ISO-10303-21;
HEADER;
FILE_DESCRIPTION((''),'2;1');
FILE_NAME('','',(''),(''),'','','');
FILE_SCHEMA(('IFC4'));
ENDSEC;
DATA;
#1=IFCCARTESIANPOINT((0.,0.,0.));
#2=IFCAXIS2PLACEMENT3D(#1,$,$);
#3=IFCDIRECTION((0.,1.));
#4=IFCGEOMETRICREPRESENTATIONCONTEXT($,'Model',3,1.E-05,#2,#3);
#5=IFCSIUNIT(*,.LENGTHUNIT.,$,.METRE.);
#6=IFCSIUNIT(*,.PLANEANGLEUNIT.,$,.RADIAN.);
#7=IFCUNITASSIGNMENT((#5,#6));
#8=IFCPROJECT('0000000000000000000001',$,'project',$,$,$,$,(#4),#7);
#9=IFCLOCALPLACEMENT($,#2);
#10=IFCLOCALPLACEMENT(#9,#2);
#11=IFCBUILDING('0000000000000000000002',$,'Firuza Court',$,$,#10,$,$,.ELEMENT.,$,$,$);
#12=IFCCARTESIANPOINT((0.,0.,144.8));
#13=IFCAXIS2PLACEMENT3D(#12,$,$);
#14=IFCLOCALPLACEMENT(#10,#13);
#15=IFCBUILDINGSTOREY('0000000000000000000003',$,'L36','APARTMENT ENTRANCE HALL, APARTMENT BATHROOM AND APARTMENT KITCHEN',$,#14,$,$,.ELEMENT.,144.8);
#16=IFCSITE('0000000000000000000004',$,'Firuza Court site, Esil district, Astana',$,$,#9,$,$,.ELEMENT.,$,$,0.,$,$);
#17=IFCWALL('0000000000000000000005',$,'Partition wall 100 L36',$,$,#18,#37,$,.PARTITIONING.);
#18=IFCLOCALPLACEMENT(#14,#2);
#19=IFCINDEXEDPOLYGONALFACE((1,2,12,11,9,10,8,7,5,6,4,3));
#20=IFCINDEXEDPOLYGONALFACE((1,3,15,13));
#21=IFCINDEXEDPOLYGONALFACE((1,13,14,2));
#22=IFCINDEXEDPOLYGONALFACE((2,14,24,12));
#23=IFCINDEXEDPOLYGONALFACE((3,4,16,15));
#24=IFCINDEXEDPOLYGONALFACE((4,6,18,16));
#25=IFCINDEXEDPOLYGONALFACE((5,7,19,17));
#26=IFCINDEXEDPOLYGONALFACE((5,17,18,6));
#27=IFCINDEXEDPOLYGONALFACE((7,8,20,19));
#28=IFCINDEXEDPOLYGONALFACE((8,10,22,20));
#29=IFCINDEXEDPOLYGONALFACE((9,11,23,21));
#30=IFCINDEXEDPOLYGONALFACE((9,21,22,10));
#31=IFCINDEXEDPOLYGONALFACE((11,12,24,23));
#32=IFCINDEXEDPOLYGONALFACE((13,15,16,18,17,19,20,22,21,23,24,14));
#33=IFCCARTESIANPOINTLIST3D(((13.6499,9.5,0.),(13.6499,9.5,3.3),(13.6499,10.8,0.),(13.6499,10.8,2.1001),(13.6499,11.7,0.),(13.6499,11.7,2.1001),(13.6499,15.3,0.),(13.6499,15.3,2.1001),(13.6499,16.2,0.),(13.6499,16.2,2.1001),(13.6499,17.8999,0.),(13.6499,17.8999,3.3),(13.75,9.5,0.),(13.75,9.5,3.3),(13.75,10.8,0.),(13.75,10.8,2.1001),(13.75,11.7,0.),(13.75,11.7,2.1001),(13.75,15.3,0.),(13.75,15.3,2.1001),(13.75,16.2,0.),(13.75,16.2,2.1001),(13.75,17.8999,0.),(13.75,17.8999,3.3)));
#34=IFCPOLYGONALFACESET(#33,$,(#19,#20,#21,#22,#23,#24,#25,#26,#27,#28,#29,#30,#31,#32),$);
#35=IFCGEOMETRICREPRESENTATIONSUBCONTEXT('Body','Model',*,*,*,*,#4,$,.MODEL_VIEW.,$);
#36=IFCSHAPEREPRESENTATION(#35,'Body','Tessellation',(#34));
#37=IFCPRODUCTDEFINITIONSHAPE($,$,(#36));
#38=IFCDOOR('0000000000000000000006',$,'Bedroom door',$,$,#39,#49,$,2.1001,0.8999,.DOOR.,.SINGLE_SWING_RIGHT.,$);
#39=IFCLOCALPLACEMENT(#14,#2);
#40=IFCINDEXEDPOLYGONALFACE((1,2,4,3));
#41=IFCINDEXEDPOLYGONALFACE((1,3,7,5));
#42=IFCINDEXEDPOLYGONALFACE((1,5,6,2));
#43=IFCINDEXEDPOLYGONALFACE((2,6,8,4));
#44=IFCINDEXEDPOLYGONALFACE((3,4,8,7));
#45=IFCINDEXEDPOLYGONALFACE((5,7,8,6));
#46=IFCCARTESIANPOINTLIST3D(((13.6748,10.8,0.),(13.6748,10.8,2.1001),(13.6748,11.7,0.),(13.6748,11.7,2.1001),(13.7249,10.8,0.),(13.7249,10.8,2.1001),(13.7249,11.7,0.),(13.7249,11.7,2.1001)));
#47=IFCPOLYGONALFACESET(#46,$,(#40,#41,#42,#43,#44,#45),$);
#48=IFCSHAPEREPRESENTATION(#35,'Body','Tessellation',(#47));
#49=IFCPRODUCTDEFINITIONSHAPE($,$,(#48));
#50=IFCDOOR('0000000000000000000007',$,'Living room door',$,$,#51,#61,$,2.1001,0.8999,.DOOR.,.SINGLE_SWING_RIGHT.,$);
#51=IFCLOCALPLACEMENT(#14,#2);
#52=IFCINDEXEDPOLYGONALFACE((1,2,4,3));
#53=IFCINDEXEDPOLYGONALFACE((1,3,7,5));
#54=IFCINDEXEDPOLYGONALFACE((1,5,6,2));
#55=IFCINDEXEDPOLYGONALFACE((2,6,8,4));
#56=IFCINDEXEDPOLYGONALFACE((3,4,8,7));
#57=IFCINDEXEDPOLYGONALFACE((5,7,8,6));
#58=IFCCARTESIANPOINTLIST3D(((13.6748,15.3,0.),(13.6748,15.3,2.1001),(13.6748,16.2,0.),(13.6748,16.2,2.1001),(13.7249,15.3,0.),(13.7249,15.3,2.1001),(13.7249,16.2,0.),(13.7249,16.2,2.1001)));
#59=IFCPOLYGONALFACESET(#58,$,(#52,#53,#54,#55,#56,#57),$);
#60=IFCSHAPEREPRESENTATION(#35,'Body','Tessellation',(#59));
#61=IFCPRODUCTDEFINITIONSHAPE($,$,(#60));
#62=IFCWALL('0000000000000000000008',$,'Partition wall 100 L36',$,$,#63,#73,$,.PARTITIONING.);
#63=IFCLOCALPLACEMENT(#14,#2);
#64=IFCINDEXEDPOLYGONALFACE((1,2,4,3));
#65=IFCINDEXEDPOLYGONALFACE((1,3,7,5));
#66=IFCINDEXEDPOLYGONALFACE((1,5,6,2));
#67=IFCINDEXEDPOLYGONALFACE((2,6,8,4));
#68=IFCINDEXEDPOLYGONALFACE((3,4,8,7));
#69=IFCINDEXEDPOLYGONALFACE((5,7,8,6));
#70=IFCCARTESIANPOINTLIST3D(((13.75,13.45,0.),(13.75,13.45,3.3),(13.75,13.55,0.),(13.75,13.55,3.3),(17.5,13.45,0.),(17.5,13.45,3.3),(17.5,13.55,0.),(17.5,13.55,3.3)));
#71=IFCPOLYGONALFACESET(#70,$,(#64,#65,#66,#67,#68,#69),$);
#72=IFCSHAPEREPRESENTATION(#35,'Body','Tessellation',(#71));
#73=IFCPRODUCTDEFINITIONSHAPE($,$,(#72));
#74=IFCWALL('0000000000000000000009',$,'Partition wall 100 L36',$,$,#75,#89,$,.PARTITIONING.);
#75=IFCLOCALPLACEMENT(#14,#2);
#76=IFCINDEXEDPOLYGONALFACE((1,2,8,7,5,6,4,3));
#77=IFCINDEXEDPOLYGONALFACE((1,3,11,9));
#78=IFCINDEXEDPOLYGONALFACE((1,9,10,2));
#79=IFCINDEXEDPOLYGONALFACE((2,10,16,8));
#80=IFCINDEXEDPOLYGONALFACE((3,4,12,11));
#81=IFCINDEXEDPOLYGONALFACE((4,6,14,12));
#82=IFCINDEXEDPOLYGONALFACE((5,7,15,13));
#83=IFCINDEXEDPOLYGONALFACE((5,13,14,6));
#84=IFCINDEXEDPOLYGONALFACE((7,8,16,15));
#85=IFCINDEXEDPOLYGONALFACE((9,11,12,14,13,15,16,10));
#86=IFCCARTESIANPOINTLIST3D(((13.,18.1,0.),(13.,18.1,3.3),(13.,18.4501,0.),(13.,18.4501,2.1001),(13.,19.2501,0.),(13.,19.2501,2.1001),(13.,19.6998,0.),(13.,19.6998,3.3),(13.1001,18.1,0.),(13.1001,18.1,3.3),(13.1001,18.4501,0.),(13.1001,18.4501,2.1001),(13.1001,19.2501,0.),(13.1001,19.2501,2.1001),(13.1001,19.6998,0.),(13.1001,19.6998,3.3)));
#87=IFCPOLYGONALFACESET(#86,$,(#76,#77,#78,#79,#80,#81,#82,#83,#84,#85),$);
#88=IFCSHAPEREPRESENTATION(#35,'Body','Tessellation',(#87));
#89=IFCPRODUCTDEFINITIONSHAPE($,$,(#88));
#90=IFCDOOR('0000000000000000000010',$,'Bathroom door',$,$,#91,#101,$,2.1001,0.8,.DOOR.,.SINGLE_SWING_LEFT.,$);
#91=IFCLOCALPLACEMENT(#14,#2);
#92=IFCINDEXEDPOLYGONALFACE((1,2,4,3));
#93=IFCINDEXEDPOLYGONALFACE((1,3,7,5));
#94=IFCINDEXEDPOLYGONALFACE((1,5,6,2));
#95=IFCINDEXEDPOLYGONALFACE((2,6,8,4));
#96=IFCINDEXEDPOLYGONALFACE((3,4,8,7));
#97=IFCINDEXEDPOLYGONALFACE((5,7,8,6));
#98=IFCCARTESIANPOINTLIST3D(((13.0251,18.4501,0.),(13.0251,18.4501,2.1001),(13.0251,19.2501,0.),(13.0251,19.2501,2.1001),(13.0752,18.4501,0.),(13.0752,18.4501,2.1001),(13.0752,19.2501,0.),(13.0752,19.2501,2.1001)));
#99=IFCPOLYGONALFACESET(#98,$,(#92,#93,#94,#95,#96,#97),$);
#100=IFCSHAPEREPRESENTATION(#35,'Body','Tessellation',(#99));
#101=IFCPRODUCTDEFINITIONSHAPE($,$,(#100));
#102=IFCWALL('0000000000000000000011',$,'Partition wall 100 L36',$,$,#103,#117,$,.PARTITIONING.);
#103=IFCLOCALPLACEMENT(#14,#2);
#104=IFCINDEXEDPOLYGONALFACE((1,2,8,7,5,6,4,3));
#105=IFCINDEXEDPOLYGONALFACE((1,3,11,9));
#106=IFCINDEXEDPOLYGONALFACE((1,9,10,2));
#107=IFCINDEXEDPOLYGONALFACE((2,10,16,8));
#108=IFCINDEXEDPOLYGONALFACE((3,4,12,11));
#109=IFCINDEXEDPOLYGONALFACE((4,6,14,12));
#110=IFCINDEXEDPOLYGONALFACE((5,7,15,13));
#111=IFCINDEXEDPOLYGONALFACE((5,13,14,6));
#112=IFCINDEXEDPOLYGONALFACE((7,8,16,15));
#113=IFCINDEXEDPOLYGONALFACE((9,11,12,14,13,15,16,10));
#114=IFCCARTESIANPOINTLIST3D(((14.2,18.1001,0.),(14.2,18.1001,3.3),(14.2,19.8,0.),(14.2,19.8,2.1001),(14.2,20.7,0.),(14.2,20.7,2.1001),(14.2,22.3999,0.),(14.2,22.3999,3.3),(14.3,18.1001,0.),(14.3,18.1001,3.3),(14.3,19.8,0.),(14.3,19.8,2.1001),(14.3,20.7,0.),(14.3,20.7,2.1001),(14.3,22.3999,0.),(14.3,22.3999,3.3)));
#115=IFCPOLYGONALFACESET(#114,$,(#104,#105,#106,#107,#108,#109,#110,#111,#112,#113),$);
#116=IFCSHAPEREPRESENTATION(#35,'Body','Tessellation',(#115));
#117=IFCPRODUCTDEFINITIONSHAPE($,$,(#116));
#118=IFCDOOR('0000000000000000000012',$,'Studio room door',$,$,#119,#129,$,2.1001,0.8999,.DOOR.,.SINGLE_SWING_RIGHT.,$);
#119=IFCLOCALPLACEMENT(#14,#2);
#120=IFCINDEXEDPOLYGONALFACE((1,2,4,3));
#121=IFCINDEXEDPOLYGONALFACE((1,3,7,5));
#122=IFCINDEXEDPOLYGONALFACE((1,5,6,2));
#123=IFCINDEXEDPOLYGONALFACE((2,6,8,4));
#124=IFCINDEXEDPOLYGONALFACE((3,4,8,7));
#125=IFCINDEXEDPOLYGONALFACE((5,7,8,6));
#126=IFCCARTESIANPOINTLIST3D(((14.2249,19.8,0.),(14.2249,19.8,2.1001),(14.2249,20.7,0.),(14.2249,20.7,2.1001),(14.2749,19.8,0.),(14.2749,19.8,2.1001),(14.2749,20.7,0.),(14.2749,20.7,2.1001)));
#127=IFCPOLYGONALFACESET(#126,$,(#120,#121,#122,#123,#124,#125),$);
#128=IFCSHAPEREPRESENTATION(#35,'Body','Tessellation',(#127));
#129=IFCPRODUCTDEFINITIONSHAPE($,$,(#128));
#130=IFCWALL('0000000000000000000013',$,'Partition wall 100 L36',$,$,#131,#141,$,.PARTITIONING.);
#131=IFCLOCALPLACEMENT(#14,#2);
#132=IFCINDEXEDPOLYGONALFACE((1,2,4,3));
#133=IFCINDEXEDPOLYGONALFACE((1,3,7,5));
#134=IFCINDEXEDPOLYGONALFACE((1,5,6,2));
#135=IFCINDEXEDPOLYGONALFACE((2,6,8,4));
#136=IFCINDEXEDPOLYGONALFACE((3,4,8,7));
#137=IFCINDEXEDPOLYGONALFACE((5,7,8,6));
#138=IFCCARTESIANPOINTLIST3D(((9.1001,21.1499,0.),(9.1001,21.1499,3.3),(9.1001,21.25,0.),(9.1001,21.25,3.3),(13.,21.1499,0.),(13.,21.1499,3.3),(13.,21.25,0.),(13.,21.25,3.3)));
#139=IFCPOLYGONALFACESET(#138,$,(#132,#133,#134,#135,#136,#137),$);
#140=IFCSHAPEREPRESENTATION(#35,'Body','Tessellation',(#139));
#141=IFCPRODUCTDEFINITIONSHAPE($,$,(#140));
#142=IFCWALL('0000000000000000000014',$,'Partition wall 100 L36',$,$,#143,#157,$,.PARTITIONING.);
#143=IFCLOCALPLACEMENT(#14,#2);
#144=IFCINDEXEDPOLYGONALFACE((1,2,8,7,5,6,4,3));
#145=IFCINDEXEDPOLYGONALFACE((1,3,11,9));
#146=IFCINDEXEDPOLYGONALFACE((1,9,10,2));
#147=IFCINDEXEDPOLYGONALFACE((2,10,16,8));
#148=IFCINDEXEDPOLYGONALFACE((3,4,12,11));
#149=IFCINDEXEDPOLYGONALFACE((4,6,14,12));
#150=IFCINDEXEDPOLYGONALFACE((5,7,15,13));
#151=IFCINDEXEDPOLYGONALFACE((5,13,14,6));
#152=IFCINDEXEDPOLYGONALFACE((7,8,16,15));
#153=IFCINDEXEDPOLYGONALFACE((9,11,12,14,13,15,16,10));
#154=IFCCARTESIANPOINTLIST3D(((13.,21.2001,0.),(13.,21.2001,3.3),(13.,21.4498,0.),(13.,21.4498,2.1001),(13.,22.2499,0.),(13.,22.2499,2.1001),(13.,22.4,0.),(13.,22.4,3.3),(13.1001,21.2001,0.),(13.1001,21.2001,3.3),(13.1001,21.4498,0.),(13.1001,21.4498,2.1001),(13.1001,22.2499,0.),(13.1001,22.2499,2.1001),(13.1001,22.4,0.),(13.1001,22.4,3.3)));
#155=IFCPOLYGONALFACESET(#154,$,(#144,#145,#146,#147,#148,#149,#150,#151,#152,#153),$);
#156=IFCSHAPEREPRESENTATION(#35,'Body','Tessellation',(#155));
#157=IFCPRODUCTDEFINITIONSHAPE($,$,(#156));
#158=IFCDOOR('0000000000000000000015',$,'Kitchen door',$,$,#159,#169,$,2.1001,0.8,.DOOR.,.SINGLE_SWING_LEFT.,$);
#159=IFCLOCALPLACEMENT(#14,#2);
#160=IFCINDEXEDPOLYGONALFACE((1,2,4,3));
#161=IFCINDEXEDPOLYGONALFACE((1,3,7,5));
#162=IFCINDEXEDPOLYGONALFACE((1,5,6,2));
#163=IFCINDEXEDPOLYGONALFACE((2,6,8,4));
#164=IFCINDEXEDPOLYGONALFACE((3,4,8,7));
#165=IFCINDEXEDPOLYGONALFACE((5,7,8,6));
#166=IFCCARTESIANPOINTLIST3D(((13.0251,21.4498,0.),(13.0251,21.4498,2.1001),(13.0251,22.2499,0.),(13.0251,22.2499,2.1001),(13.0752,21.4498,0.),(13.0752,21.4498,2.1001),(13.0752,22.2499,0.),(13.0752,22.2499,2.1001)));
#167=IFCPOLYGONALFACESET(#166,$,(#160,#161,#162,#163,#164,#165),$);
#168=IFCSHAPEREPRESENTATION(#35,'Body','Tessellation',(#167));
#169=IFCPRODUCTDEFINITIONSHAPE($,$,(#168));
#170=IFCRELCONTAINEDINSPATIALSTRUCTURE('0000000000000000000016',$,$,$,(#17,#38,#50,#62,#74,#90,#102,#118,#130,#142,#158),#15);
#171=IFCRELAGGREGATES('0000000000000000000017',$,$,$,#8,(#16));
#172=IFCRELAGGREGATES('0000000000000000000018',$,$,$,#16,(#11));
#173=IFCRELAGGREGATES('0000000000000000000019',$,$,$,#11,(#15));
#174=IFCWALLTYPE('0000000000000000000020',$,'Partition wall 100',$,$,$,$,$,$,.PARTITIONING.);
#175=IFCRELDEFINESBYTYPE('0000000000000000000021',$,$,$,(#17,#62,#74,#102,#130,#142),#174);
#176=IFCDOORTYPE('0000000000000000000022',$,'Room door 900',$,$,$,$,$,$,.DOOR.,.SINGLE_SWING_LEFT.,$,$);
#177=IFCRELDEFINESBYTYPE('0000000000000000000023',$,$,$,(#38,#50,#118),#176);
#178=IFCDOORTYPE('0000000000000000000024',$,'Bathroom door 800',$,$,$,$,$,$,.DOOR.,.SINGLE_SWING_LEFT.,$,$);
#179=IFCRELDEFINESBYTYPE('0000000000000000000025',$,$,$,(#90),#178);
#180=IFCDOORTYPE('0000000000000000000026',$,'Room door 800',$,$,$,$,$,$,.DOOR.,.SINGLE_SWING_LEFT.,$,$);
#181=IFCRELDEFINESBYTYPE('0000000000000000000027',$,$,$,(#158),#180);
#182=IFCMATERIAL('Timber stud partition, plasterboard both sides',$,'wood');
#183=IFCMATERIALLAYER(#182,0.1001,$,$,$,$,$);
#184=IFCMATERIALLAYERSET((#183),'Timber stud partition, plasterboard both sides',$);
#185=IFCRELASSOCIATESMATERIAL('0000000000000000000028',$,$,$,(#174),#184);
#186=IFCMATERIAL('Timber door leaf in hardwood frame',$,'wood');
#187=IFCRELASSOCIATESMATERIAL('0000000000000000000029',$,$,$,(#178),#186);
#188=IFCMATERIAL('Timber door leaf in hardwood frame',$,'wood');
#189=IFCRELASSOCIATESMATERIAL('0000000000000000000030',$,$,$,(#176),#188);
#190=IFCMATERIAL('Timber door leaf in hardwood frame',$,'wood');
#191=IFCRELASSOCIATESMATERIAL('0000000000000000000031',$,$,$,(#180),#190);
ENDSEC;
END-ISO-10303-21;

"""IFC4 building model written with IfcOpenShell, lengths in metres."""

from ifc_helpers import new_model, si_unit, direction, frame, frame_2d, origin, place, context, subcontext, project, spatial, rectangle, extrude, material, layer, layer_set, type_object, element, fill, save


model = new_model("IFC4")

# Units and contexts
model_context = context("Model", 3, precision=1e-05, world=origin(), true_north=direction((0.0, 1.0)))
body_context = subcontext(model_context, "Body", "Model", "MODEL_VIEW")
ifc_project = project(units=[si_unit("LENGTHUNIT", "METRE"), si_unit("PLANEANGLEUNIT", "RADIAN")], contexts=[model_context])

# Site, building, storey
site_placement = place(None, origin())
site = spatial("IfcSite", under=ifc_project, at=site_placement, Name="Firuza Court site, Esil district, Astana", CompositionType="ELEMENT", RefElevation=0.0)
building_placement = place(site_placement, origin())
building = spatial("IfcBuilding", under=site, at=building_placement, Name="Firuza Court", CompositionType="ELEMENT")
storey_placement = place(building_placement, frame((0.0, 0.0, 144.8)))
storey = spatial("IfcBuildingStorey", under=building, at=storey_placement, Name="L36", Description="APARTMENT ENTRANCE HALL, APARTMENT BATHROOM AND APARTMENT KITCHEN", CompositionType="ELEMENT", Elevation=144.8)

# Wall, openings, doors
ifc_material_1 = material(Name="Timber stud partition, plasterboard both sides", Category="wood")
ifc_layer_1 = layer(ifc_material_1, 0.1001)
ifc_layer_set_1 = layer_set([ifc_layer_1], Name="Timber stud partition, plasterboard both sides")
wall_type_1 = type_object("IfcWallType", Name="Partition wall 100", PredefinedType="PARTITIONING", material=ifc_layer_set_1)
ifc_material_2 = material(Name="Timber door leaf in hardwood frame", Category="wood")
door_type_1 = type_object("IfcDoorType", Name="Bathroom door 800", OperationType="SINGLE_SWING_LEFT", PredefinedType="DOOR", material=ifc_material_2)
ifc_material_3 = material(Name="Timber door leaf in hardwood frame", Category="wood")
door_type_2 = type_object("IfcDoorType", Name="Room door 900", OperationType="SINGLE_SWING_LEFT", PredefinedType="DOOR", material=ifc_material_3)
wall_1_placement = place(storey_placement, frame((13.7, 9.5, 0.0), z_axis=(0.0, 0.0, 1.0), x_axis=(0.0, 1.0, 0.0)))
wall_1 = element("IfcWall", 1, at=wall_1_placement, inside=storey, type_object=wall_type_1, Name="Partition wall 100 L36", PredefinedType="PARTITIONING", context=body_context, shape_type="SweptSolid", body=[
    extrude(rectangle(XDim=8.3999, YDim=0.1001, at=frame_2d((4.2, 0.0))), origin(), (0.0, 0.0, 1.0), 3.3),
])
opening_1_placement = place(wall_1_placement, frame((1.3, 0.0, 0.0)))
opening_1 = element("IfcOpeningElement", 2, at=opening_1_placement, cuts=wall_1, PredefinedType="OPENING", context=body_context, shape_type="SweptSolid", body=[
    extrude(rectangle(XDim=0.8999, YDim=2.1001, at=frame_2d((0.45, 1.05))), frame((0.0, 0.062, 0.0), z_axis=(0.0, -1.0, 0.0), x_axis=(1.0, 0.0, 0.0)), (0.0, 0.0, 1.0), 0.124),
])
opening_2_placement = place(wall_1_placement, frame((5.8, 0.0, 0.0)))
opening_2 = element("IfcOpeningElement", 3, at=opening_2_placement, cuts=wall_1, PredefinedType="OPENING", context=body_context, shape_type="SweptSolid", body=[
    extrude(rectangle(XDim=0.8999, YDim=2.1001, at=frame_2d((0.45, 1.05))), frame((0.0, 0.062, 0.0), z_axis=(0.0, -1.0, 0.0), x_axis=(1.0, 0.0, 0.0)), (0.0, 0.0, 1.0), 0.124),
])
door_1_placement = place(opening_1_placement, frame((0.8999, 0.0, 0.0), z_axis=(0.0, 0.0, 1.0), x_axis=(-1.0, 0.0, 0.0)))
door_1 = element("IfcDoor", 4, at=door_1_placement, inside=storey, type_object=door_type_2, Name="Bedroom door", OperationType="SINGLE_SWING_RIGHT", OverallHeight=2.1001, OverallWidth=0.8999, PredefinedType="DOOR", context=body_context, shape_type="SweptSolid", body=[
    extrude(rectangle(XDim=0.8999, YDim=2.1001, at=frame_2d((0.45, 1.05))), frame((0.0, 0.0249, 0.0), z_axis=(0.0, -1.0, 0.0), x_axis=(1.0, 0.0, 0.0)), (0.0, 0.0, 1.0), 0.05),
])
fill(opening_1, door_1)
door_2_placement = place(opening_2_placement, frame((0.8999, 0.0, 0.0), z_axis=(0.0, 0.0, 1.0), x_axis=(-1.0, 0.0, 0.0)))
door_2 = element("IfcDoor", 5, at=door_2_placement, inside=storey, type_object=door_type_2, Name="Living room door", OperationType="SINGLE_SWING_RIGHT", OverallHeight=2.1001, OverallWidth=0.8999, PredefinedType="DOOR", context=body_context, shape_type="SweptSolid", body=[
    extrude(rectangle(XDim=0.8999, YDim=2.1001, at=frame_2d((0.45, 1.05))), frame((0.0, 0.0249, 0.0), z_axis=(0.0, -1.0, 0.0), x_axis=(1.0, 0.0, 0.0)), (0.0, 0.0, 1.0), 0.05),
])
fill(opening_2, door_2)

# Wall
wall_2_placement = place(storey_placement, frame((13.75, 13.5, 0.0), z_axis=(0.0, 0.0, 1.0), x_axis=(1.0, 0.0, 0.0)))
element("IfcWall", 6, at=wall_2_placement, inside=storey, type_object=wall_type_1, Name="Partition wall 100 L36", PredefinedType="PARTITIONING", context=body_context, shape_type="SweptSolid", body=[
    extrude(rectangle(XDim=3.75, YDim=0.1001, at=frame_2d((1.875, 0.0))), origin(), (0.0, 0.0, 1.0), 3.3),
])

# Walls, openings, doors
wall_3_placement = place(storey_placement, frame((13.05, 18.1001, 0.0), z_axis=(0.0, 0.0, 1.0), x_axis=(0.0, 1.0, 0.0)))
wall_3 = element("IfcWall", 7, at=wall_3_placement, inside=storey, type_object=wall_type_1, Name="Partition wall 100 L36", PredefinedType="PARTITIONING", context=body_context, shape_type="SweptSolid", body=[
    extrude(rectangle(XDim=1.5999, YDim=0.1001, at=frame_2d((0.7998, 0.0))), origin(), (0.0, 0.0, 1.0), 3.3),
])
opening_3_placement = place(wall_3_placement, frame((0.3501, 0.0, 0.0)))
opening_3 = element("IfcOpeningElement", 8, at=opening_3_placement, cuts=wall_3, PredefinedType="OPENING", context=body_context, shape_type="SweptSolid", body=[
    extrude(rectangle(XDim=0.8, YDim=2.1001, at=frame_2d((0.3999, 1.05))), frame((0.0, 0.062, 0.0), z_axis=(0.0, -1.0, 0.0), x_axis=(1.0, 0.0, 0.0)), (0.0, 0.0, 1.0), 0.124),
])
door_3_placement = place(opening_3_placement, origin())
door_3 = element("IfcDoor", 9, at=door_3_placement, inside=storey, type_object=door_type_1, Name="Bathroom door", OperationType="SINGLE_SWING_LEFT", OverallHeight=2.1001, OverallWidth=0.8, PredefinedType="DOOR", context=body_context, shape_type="SweptSolid", body=[
    extrude(rectangle(XDim=0.8, YDim=2.1001, at=frame_2d((0.3999, 1.05))), frame((0.0, 0.0249, 0.0), z_axis=(0.0, -1.0, 0.0), x_axis=(1.0, 0.0, 0.0)), (0.0, 0.0, 1.0), 0.05),
])
fill(opening_3, door_3)
wall_4_placement = place(storey_placement, frame((14.25, 18.1001, 0.0), z_axis=(0.0, 0.0, 1.0), x_axis=(0.0, 1.0, 0.0)))
wall_4 = element("IfcWall", 10, at=wall_4_placement, inside=storey, type_object=wall_type_1, Name="Partition wall 100 L36", PredefinedType="PARTITIONING", context=body_context, shape_type="SweptSolid", body=[
    extrude(rectangle(XDim=4.2998, YDim=0.1001, at=frame_2d((2.1499, 0.0))), origin(), (0.0, 0.0, 1.0), 3.3),
])
opening_4_placement = place(wall_4_placement, frame((1.7, 0.0, 0.0)))
opening_4 = element("IfcOpeningElement", 11, at=opening_4_placement, cuts=wall_4, PredefinedType="OPENING", context=body_context, shape_type="SweptSolid", body=[
    extrude(rectangle(XDim=0.8999, YDim=2.1001, at=frame_2d((0.45, 1.05))), frame((0.0, 0.062, 0.0), z_axis=(0.0, -1.0, 0.0), x_axis=(1.0, 0.0, 0.0)), (0.0, 0.0, 1.0), 0.124),
])
door_4_placement = place(opening_4_placement, frame((0.8999, 0.0, 0.0), z_axis=(0.0, 0.0, 1.0), x_axis=(-1.0, 0.0, 0.0)))
door_4 = element("IfcDoor", 12, at=door_4_placement, inside=storey, type_object=door_type_2, Name="Studio room door", OperationType="SINGLE_SWING_RIGHT", OverallHeight=2.1001, OverallWidth=0.8999, PredefinedType="DOOR", context=body_context, shape_type="SweptSolid", body=[
    extrude(rectangle(XDim=0.8999, YDim=2.1001, at=frame_2d((0.45, 1.05))), frame((0.0, 0.0249, 0.0), z_axis=(0.0, -1.0, 0.0), x_axis=(1.0, 0.0, 0.0)), (0.0, 0.0, 1.0), 0.05),
])
fill(opening_4, door_4)

# Wall
wall_5_placement = place(storey_placement, frame((9.1001, 21.2, 0.0), z_axis=(0.0, 0.0, 1.0), x_axis=(1.0, 0.0, 0.0)))
element("IfcWall", 13, at=wall_5_placement, inside=storey, type_object=wall_type_1, Name="Partition wall 100 L36", PredefinedType="PARTITIONING", context=body_context, shape_type="SweptSolid", body=[
    extrude(rectangle(XDim=3.8999, YDim=0.1001, at=frame_2d((1.95, 0.0))), origin(), (0.0, 0.0, 1.0), 3.3),
])

# Wall, opening, door
wall_6_placement = place(storey_placement, frame((13.05, 21.2, 0.0), z_axis=(0.0, 0.0, 1.0), x_axis=(0.0, 1.0, 0.0)))
wall_6 = element("IfcWall", 14, at=wall_6_placement, inside=storey, type_object=wall_type_1, Name="Partition wall 100 L36", PredefinedType="PARTITIONING", context=body_context, shape_type="SweptSolid", body=[
    extrude(rectangle(XDim=1.2, YDim=0.1001, at=frame_2d((0.6001, 0.0))), origin(), (0.0, 0.0, 1.0), 3.3),
])
opening_5_placement = place(wall_6_placement, frame((0.25, 0.0, 0.0)))
opening_5 = element("IfcOpeningElement", 15, at=opening_5_placement, cuts=wall_6, PredefinedType="OPENING", context=body_context, shape_type="SweptSolid", body=[
    extrude(rectangle(XDim=0.8, YDim=2.1001, at=frame_2d((0.3999, 1.05))), frame((0.0, 0.062, 0.0), z_axis=(0.0, -1.0, 0.0), x_axis=(1.0, 0.0, 0.0)), (0.0, 0.0, 1.0), 0.124),
])
ifc_material_4 = material(Name="Timber door leaf in hardwood frame", Category="wood")
door_type_3 = type_object("IfcDoorType", Name="Room door 800", OperationType="SINGLE_SWING_LEFT", PredefinedType="DOOR", material=ifc_material_4)
door_5_placement = place(opening_5_placement, origin())
door_5 = element("IfcDoor", 16, at=door_5_placement, inside=storey, type_object=door_type_3, Name="Kitchen door", OperationType="SINGLE_SWING_LEFT", OverallHeight=2.1001, OverallWidth=0.8, PredefinedType="DOOR", context=body_context, shape_type="SweptSolid", body=[
    extrude(rectangle(XDim=0.8, YDim=2.1001, at=frame_2d((0.3999, 1.05))), frame((0.0, 0.0249, 0.0), z_axis=(0.0, -1.0, 0.0), x_axis=(1.0, 0.0, 0.0)), (0.0, 0.0, 1.0), 0.05),
])
fill(opening_5, door_5)

save(model, "model.ifc")
